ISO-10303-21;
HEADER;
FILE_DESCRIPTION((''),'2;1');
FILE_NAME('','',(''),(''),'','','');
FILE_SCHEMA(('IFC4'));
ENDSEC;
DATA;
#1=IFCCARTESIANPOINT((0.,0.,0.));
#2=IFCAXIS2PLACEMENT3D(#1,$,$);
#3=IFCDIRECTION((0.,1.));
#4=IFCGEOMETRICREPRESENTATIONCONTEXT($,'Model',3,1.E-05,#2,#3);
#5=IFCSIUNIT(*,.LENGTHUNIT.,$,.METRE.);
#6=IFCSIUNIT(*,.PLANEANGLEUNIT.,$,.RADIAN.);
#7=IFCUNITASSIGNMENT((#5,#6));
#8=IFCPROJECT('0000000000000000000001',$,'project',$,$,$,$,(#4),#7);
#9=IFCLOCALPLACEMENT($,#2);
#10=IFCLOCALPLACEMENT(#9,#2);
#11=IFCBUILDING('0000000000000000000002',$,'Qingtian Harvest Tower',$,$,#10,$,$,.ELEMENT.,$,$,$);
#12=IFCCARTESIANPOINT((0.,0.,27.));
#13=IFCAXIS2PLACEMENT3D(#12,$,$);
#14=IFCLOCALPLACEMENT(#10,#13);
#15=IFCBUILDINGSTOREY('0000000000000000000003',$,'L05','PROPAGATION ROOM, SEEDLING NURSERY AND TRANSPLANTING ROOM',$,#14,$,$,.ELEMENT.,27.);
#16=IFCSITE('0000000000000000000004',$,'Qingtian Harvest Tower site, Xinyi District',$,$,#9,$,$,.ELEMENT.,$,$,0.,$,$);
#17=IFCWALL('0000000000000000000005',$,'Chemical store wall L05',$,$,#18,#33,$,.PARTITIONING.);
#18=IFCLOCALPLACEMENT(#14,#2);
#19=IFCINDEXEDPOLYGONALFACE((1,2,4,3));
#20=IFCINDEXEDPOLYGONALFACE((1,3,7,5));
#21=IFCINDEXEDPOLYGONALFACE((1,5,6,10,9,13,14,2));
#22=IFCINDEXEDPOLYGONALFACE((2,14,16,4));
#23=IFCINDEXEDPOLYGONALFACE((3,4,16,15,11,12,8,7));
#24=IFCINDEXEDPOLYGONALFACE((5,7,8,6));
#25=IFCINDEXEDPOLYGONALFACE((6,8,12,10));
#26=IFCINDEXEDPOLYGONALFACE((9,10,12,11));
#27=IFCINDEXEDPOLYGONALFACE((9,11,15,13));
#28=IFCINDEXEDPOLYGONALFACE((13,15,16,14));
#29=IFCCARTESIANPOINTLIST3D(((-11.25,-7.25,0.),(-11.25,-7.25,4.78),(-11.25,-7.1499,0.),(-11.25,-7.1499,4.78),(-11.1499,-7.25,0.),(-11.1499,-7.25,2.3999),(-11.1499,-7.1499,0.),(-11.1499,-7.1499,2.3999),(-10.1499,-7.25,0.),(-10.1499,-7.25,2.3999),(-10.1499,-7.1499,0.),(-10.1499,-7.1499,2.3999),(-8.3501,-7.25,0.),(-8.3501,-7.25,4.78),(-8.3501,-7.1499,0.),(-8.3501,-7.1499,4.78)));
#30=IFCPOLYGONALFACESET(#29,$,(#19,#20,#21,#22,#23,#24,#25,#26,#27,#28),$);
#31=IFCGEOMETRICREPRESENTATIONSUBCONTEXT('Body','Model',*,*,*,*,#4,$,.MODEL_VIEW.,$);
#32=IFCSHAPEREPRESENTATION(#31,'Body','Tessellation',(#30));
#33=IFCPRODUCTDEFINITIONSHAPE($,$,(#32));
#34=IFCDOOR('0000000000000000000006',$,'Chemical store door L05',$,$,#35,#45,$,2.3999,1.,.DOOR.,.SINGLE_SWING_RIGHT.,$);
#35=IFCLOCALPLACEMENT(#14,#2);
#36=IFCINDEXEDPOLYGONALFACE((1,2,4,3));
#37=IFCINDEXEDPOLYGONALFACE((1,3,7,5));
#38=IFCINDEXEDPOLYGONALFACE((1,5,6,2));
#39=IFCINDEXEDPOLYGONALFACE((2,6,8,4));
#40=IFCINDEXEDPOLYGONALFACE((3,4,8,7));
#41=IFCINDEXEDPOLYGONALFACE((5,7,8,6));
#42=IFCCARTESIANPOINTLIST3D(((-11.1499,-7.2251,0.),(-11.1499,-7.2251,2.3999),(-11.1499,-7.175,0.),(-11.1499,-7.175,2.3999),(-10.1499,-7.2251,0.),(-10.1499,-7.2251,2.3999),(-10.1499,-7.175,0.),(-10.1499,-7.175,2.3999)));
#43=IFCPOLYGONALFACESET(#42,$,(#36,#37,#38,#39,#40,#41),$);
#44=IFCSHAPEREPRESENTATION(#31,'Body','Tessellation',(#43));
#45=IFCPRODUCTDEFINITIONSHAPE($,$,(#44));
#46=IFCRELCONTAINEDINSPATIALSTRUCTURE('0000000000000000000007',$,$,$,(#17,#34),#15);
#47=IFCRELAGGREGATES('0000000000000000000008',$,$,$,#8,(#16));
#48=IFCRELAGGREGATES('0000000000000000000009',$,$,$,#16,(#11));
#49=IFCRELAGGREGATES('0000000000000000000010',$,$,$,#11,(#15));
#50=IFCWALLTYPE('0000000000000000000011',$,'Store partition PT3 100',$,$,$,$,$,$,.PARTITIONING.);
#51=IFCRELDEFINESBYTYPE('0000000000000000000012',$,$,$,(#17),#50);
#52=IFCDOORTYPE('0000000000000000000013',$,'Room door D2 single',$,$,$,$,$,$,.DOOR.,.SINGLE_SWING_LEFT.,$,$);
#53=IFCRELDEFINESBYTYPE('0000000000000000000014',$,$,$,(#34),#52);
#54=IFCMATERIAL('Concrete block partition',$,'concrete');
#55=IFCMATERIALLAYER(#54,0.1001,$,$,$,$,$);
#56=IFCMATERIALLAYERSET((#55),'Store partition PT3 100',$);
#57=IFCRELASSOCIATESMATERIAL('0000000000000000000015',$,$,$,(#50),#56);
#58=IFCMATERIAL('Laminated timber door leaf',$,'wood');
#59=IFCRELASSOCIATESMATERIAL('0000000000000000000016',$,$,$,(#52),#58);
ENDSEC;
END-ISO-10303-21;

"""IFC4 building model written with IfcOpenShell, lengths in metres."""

from ifc_helpers import new_model, si_unit, direction, frame, frame_2d, origin, place, context, subcontext, project, spatial, rectangle, extrude, material, layer, layer_set, type_object, element, fill, save


model = new_model("IFC4")

# Units and contexts
model_context = context("Model", 3, precision=1e-05, world=origin(), true_north=direction((0.0, 1.0)))
body_context = subcontext(model_context, "Body", "Model", "MODEL_VIEW")
ifc_project = project(units=[si_unit("LENGTHUNIT", "METRE"), si_unit("PLANEANGLEUNIT", "RADIAN")], contexts=[model_context])

# Site, building, storey
site_placement = place(None, origin())
site = spatial("IfcSite", under=ifc_project, at=site_placement, Name="Qingtian Harvest Tower site, Xinyi District", CompositionType="ELEMENT", RefElevation=0.0)
building_placement = place(site_placement, origin())
building = spatial("IfcBuilding", under=site, at=building_placement, Name="Qingtian Harvest Tower", CompositionType="ELEMENT")
storey_placement = place(building_placement, frame((0.0, 0.0, 27.0)))
storey = spatial("IfcBuildingStorey", under=building, at=storey_placement, Name="L05", Description="PROPAGATION ROOM, SEEDLING NURSERY AND TRANSPLANTING ROOM", CompositionType="ELEMENT", Elevation=27.0)

# Wall, opening, door
ifc_material_1 = material(Name="Concrete block partition", Category="concrete")
ifc_layer_1 = layer(ifc_material_1, 0.1001)
ifc_layer_set_1 = layer_set([ifc_layer_1], Name="Store partition PT3 100")
wall_type_1 = type_object("IfcWallType", Name="Store partition PT3 100", PredefinedType="PARTITIONING", material=ifc_layer_set_1)
wall_1_placement = place(storey_placement, frame((-11.25, -7.2, 0.0), z_axis=(0.0, 0.0, 1.0), x_axis=(1.0, 0.0, 0.0)))
wall_1 = element("IfcWall", 1, at=wall_1_placement, inside=storey, type_object=wall_type_1, Name="Chemical store wall L05", PredefinedType="PARTITIONING", context=body_context, shape_type="SweptSolid", body=[
    extrude(rectangle(XDim=2.8999, YDim=0.1001, at=frame_2d((1.45, 0.0))), origin(), (0.0, 0.0, 1.0), 4.78),
])
opening_1_placement = place(wall_1_placement, frame((0.1001, 0.0, 0.0)))
opening_1 = element("IfcOpeningElement", 2, at=opening_1_placement, cuts=wall_1, PredefinedType="OPENING", context=body_context, shape_type="SweptSolid", body=[
    extrude(rectangle(XDim=1.0, YDim=2.3999, at=frame_2d((0.5, 1.2))), frame((0.0, 0.0601, 0.0), z_axis=(0.0, -1.0, 0.0), x_axis=(1.0, 0.0, 0.0)), (0.0, 0.0, 1.0), 0.1201),
])
ifc_material_2 = material(Name="Laminated timber door leaf", Category="wood")
door_type_1 = type_object("IfcDoorType", Name="Room door D2 single", OperationType="SINGLE_SWING_LEFT", PredefinedType="DOOR", material=ifc_material_2)
door_1_placement = place(opening_1_placement, origin())
door_1 = element("IfcDoor", 3, at=door_1_placement, inside=storey, type_object=door_type_1, Name="Chemical store door L05", OperationType="SINGLE_SWING_RIGHT", OverallHeight=2.3999, OverallWidth=1.0, PredefinedType="DOOR", context=body_context, shape_type="SweptSolid", body=[
    extrude(rectangle(XDim=1.0, YDim=2.3999, at=frame_2d((0.5, 1.2))), frame((0.0, 0.0249, 0.0), z_axis=(0.0, -1.0, 0.0), x_axis=(1.0, 0.0, 0.0)), (0.0, 0.0, 1.0), 0.05),
])
fill(opening_1, door_1)

save(model, "model.ifc")
